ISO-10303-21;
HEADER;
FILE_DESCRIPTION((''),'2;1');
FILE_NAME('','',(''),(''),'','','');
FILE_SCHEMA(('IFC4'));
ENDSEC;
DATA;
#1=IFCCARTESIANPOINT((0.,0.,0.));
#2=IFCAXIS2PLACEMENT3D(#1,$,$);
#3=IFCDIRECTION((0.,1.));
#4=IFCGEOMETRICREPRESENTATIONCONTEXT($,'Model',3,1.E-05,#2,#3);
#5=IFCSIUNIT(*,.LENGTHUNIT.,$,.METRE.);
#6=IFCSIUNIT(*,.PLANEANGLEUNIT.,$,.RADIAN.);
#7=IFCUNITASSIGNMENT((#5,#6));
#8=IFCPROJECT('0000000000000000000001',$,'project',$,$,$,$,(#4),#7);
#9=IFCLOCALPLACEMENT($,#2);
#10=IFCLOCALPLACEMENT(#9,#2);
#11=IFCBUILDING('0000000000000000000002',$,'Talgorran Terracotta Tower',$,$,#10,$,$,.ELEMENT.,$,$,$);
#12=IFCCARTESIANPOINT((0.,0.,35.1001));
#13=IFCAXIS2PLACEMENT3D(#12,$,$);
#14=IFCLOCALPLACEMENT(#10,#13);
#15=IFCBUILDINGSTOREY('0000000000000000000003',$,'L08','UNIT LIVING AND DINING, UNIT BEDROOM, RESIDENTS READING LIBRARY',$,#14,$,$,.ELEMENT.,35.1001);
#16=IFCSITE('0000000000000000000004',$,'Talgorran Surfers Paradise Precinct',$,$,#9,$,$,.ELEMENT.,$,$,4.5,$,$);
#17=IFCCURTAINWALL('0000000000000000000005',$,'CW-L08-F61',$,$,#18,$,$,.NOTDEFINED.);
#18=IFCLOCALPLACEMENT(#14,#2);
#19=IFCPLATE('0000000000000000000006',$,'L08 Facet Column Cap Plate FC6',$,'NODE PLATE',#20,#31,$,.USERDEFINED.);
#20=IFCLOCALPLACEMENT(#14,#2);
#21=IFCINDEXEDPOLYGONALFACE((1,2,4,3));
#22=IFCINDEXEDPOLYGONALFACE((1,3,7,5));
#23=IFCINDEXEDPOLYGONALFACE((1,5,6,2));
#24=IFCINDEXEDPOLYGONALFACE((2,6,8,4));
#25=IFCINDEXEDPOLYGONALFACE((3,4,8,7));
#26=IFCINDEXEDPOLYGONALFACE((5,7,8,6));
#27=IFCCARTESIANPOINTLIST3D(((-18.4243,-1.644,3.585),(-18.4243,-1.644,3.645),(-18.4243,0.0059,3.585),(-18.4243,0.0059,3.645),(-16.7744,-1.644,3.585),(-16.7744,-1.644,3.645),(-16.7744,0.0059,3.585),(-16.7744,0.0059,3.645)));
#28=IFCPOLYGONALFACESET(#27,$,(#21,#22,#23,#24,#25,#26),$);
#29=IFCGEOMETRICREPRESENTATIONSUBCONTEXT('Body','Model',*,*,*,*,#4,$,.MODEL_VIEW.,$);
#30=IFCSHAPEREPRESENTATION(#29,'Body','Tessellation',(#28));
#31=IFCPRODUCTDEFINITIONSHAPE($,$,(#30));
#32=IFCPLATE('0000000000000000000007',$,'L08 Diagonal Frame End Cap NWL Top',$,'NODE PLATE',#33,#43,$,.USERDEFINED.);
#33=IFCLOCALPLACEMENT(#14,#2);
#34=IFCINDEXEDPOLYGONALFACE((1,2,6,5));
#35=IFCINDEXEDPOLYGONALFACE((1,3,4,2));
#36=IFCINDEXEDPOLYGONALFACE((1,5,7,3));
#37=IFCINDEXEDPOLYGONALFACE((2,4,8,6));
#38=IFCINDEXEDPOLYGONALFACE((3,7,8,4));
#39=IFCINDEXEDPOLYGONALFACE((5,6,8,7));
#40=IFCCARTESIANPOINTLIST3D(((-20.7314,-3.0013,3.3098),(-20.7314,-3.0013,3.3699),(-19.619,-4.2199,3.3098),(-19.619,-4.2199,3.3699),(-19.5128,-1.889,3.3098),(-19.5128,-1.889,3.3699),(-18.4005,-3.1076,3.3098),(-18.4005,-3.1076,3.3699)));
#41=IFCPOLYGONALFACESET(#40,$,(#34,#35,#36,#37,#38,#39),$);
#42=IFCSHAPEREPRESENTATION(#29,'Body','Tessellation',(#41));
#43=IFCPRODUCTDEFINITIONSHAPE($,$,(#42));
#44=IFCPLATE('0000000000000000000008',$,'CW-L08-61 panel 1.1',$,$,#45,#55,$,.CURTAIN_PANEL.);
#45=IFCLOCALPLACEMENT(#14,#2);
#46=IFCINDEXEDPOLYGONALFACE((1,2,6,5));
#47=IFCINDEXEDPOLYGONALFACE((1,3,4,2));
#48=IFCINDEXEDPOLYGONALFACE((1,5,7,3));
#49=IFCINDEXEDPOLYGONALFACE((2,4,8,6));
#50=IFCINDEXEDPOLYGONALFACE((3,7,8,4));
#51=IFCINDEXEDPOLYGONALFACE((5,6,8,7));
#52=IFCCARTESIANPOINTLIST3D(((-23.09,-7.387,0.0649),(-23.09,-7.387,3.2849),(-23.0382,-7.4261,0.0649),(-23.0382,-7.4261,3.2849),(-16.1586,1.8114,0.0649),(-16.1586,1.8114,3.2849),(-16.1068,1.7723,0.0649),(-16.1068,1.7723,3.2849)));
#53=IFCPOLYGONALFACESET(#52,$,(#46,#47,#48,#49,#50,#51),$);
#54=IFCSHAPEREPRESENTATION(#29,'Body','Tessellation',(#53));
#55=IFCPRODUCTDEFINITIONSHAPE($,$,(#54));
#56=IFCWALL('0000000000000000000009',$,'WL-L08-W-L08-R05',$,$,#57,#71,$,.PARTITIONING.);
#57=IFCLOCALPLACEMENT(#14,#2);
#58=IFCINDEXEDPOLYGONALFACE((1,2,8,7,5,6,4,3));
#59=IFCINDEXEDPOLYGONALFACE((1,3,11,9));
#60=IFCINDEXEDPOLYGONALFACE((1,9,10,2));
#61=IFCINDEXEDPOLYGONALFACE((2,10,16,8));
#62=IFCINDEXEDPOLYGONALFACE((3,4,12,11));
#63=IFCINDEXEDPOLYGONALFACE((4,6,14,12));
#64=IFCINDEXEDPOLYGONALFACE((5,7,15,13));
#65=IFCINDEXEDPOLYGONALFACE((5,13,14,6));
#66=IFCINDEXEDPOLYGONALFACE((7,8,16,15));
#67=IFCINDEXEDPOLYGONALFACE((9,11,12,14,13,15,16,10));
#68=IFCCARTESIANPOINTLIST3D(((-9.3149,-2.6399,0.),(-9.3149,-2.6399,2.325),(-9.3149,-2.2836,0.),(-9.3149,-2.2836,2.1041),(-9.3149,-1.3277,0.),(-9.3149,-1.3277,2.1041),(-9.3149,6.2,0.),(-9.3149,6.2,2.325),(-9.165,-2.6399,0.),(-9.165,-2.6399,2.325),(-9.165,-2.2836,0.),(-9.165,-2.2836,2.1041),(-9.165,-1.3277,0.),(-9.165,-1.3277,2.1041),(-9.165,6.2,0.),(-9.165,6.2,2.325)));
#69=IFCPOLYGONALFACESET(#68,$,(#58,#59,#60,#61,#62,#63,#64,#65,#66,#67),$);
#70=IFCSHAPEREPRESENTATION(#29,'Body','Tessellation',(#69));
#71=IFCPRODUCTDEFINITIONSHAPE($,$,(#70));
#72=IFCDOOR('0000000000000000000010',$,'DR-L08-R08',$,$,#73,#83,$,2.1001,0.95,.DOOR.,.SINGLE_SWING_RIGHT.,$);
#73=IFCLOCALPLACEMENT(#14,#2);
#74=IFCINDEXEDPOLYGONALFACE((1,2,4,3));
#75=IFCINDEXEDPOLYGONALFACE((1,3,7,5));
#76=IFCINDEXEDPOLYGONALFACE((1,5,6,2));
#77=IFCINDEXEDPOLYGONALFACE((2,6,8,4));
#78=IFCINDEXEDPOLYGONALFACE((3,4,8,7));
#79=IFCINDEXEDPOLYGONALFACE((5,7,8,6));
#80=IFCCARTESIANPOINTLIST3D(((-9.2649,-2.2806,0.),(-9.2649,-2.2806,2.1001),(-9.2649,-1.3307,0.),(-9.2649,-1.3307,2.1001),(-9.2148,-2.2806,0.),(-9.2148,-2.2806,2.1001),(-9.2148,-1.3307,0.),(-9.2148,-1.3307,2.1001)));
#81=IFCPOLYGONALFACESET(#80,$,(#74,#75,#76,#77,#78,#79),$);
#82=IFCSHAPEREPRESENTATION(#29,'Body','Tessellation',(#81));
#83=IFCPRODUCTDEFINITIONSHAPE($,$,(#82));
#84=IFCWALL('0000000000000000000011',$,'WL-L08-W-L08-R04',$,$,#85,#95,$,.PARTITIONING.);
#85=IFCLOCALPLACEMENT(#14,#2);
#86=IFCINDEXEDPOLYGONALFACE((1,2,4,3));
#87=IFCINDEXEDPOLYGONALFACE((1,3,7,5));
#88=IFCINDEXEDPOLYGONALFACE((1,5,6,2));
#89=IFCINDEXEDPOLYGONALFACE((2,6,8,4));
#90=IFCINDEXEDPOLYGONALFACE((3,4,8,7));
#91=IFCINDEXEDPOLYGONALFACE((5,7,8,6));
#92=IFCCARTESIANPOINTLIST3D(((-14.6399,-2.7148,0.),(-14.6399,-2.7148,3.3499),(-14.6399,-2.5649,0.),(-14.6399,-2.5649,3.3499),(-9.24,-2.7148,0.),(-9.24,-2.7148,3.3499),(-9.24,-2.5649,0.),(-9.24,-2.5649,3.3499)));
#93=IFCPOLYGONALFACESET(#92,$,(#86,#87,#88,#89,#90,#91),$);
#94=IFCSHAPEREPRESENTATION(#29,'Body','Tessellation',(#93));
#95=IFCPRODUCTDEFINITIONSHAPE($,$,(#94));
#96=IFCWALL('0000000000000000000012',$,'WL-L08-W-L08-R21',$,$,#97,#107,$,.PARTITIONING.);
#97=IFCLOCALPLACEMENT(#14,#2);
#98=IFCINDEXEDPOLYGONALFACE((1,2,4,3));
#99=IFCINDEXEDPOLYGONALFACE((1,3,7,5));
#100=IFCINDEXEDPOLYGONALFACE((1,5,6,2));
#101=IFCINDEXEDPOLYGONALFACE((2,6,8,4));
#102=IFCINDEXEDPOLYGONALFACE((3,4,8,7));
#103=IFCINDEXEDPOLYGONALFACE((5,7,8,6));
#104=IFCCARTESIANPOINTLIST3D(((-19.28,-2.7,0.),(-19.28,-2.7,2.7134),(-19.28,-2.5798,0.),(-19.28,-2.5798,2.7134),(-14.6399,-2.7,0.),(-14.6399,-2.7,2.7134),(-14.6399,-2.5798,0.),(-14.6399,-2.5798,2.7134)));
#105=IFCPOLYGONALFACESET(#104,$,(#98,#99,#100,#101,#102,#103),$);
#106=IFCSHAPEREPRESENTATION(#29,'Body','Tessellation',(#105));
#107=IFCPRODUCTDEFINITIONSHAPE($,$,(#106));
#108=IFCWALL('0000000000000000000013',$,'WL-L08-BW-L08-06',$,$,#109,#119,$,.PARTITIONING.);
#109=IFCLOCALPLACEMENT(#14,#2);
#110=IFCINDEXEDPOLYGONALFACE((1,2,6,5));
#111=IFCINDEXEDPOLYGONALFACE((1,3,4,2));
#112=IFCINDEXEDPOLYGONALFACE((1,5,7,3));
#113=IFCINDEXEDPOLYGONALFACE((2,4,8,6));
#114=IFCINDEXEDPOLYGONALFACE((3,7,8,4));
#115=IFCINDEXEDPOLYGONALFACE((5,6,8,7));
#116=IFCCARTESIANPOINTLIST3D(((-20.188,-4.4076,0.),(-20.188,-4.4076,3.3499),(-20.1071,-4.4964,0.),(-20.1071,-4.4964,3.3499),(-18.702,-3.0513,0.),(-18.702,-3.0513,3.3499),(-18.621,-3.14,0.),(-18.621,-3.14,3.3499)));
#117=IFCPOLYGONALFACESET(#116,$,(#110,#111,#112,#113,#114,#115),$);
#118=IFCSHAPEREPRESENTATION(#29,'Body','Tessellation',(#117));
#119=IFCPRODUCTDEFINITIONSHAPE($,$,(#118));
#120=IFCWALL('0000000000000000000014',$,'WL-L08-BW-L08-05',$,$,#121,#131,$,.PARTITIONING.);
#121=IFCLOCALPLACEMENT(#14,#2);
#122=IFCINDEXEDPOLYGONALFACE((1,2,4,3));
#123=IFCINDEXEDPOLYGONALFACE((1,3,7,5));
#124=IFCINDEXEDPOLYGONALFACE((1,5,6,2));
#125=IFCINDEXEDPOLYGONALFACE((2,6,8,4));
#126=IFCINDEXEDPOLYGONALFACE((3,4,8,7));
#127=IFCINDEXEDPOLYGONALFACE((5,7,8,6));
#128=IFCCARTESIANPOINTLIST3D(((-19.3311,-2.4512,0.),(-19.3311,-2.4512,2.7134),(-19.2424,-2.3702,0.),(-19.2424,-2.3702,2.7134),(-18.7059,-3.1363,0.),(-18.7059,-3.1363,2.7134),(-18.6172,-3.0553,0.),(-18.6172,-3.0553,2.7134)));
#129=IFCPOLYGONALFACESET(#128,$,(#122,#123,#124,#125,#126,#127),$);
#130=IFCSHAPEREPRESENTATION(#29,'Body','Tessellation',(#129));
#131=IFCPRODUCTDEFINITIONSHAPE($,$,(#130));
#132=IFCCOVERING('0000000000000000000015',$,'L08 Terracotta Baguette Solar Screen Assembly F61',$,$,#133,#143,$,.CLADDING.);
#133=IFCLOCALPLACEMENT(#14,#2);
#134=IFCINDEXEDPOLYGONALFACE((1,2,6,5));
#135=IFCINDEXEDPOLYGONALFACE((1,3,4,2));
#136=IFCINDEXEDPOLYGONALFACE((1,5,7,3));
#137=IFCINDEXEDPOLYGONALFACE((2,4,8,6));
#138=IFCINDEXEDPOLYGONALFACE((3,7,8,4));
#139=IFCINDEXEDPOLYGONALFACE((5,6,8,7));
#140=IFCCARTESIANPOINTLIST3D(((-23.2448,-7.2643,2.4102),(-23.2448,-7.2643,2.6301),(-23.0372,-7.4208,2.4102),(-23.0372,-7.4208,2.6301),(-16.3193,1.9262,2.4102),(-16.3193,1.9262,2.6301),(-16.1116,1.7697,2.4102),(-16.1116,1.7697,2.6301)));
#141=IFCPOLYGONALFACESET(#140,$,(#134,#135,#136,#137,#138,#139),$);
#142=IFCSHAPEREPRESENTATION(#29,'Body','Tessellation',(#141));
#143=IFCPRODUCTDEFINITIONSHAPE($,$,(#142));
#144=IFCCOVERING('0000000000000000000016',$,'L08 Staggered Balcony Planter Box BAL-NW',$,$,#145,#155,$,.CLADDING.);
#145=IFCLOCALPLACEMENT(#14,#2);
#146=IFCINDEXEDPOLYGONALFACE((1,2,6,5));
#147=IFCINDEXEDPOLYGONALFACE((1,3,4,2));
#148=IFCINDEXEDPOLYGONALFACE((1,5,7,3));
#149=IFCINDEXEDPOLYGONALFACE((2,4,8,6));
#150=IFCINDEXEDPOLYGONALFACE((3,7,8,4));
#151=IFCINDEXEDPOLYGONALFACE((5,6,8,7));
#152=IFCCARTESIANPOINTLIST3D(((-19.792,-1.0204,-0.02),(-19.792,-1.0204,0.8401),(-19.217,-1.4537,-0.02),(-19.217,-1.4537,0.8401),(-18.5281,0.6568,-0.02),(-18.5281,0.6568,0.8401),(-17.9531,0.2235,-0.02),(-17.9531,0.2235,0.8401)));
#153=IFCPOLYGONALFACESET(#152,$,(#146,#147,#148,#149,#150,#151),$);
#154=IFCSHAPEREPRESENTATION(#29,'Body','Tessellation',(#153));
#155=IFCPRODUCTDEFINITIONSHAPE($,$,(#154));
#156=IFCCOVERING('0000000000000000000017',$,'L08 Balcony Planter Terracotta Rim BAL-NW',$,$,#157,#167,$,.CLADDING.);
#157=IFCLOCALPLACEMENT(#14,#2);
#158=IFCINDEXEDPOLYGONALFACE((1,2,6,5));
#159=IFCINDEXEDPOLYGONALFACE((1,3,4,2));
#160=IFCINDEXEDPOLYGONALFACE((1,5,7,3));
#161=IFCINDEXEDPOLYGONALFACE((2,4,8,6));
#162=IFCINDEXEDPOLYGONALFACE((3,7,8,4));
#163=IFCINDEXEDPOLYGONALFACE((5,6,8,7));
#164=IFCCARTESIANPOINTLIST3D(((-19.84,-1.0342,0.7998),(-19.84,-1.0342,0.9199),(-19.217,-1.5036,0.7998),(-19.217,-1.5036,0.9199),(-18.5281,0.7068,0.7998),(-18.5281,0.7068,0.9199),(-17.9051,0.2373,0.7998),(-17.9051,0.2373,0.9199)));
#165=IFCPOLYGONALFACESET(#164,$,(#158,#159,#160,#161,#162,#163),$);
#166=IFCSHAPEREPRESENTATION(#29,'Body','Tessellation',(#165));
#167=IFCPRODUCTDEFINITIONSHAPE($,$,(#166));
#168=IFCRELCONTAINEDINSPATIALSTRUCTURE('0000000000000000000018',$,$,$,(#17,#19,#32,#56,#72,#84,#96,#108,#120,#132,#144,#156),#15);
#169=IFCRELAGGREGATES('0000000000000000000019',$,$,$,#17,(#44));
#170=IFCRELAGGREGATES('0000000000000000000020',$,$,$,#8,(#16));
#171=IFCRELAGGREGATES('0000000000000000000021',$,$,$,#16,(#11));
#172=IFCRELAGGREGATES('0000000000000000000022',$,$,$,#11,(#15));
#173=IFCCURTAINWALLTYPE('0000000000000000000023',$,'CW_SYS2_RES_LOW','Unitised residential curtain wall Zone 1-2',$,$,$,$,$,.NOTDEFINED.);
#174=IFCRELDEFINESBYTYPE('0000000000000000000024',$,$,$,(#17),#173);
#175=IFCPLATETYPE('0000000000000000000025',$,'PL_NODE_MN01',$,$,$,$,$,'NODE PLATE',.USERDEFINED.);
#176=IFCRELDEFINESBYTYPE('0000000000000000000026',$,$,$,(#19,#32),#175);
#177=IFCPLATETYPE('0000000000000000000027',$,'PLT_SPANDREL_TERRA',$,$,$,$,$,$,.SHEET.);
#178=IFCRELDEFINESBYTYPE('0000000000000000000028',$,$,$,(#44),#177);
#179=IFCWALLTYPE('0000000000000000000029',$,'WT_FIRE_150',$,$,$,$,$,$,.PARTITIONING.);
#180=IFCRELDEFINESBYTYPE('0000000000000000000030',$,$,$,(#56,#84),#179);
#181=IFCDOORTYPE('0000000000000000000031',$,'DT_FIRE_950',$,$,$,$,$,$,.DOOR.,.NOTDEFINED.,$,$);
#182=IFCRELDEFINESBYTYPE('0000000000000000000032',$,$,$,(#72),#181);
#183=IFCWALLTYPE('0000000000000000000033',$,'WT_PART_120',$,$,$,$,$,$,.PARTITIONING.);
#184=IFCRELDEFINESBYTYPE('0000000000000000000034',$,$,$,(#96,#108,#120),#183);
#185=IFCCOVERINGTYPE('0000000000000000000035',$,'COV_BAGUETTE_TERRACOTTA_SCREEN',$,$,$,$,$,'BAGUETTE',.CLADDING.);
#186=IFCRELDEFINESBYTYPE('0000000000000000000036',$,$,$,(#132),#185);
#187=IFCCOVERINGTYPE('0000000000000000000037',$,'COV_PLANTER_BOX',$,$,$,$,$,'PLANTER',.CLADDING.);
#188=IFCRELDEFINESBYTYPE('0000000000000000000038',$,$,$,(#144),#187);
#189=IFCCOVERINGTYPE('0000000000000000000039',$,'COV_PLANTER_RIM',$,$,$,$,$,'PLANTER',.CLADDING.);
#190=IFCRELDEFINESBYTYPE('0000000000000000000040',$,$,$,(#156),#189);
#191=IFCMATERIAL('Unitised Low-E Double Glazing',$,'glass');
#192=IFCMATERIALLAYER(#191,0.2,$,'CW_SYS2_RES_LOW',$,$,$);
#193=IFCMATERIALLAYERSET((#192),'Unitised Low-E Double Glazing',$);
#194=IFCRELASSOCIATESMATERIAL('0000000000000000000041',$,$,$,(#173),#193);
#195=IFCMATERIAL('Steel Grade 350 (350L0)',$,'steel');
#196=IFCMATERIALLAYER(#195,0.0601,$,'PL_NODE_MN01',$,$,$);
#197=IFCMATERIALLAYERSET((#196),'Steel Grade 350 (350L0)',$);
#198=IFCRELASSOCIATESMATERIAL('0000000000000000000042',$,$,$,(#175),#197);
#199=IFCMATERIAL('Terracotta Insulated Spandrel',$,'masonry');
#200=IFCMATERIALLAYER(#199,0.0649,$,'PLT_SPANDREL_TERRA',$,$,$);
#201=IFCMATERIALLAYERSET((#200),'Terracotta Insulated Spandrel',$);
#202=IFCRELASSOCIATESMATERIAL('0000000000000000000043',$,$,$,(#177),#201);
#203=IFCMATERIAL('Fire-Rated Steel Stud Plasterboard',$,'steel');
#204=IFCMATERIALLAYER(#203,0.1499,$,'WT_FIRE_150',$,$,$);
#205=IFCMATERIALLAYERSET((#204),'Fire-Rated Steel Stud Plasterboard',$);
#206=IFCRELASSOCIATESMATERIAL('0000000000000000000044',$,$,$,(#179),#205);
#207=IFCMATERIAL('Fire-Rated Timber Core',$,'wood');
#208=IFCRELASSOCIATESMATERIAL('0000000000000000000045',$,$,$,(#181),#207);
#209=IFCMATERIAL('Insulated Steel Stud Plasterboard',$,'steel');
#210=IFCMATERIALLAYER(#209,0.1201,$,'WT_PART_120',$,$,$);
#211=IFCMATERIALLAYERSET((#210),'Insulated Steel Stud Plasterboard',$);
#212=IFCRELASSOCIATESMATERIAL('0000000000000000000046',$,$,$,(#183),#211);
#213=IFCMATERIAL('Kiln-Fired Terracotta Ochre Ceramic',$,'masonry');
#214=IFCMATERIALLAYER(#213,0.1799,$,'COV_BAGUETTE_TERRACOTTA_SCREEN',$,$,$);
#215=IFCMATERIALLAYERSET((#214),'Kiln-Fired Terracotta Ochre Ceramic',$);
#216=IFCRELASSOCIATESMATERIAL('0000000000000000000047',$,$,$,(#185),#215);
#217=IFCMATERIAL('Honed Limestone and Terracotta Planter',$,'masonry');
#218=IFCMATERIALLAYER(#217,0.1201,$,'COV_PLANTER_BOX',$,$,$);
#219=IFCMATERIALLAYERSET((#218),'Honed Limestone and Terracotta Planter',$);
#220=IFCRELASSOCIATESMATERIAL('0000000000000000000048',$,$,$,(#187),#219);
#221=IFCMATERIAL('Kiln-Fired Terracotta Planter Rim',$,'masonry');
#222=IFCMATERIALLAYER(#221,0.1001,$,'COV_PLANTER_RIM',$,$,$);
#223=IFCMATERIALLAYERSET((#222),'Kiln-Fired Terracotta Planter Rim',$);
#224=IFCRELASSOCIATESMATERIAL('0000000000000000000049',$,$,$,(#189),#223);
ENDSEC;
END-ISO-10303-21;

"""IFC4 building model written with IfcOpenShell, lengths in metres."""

from ifc_helpers import new_model, si_unit, direction, frame, frame_2d, origin, origin_2d, place, context, subcontext, project, spatial, rectangle, extrude, source, transform, mapped, material, layer, layer_set, type_object, type_shapes, element, fill, aggregate, save


model = new_model("IFC4")

# Units and contexts
model_context = context("Model", 3, precision=1e-05, world=origin(), true_north=direction((0.0, 1.0)))
body_context = subcontext(model_context, "Body", "Model", "MODEL_VIEW")
ifc_project = project(units=[si_unit("LENGTHUNIT", "METRE"), si_unit("PLANEANGLEUNIT", "RADIAN")], contexts=[model_context])

# Site, building, storey
site_placement = place(None, origin())
site = spatial("IfcSite", under=ifc_project, at=site_placement, Name="Talgorran Surfers Paradise Precinct", CompositionType="ELEMENT", RefElevation=4.5)
building_placement = place(site_placement, origin())
building = spatial("IfcBuilding", under=site, at=building_placement, Name="Talgorran Terracotta Tower", CompositionType="ELEMENT")
storey_placement = place(building_placement, frame((0.0, 0.0, 35.1001)))
storey = spatial("IfcBuildingStorey", under=building, at=storey_placement, Name="L08", Description="UNIT LIVING AND DINING, UNIT BEDROOM, RESIDENTS READING LIBRARY", CompositionType="ELEMENT", Elevation=35.1001)

# Shared definitions
ifc_material_1 = material(Name="Steel Grade 350 (350L0)", Category="steel")

# Curtain wall
ifc_material_2 = material(Name="Unitised Low-E Double Glazing", Category="glass")
ifc_layer_1 = layer(ifc_material_2, 0.2, Name="CW_SYS2_RES_LOW")
ifc_layer_set_1 = layer_set([ifc_layer_1], Name="Unitised Low-E Double Glazing")
curtain_wall_type = type_object("IfcCurtainWallType", Name="CW_SYS2_RES_LOW", Description="Unitised residential curtain wall Zone 1-2", PredefinedType="NOTDEFINED", material=ifc_layer_set_1)
curtain_wall_placement = place(storey_placement, origin())
curtain_wall = element("IfcCurtainWall", 1, at=curtain_wall_placement, inside=storey, type_object=curtain_wall_type, Name="CW-L08-F61", PredefinedType="NOTDEFINED")

# Plates
ifc_layer_2 = layer(ifc_material_1, 0.0601, Name="PL_NODE_MN01")
ifc_layer_set_2 = layer_set([ifc_layer_2], Name="Steel Grade 350 (350L0)")
plate_type_1 = type_object("IfcPlateType", Name="PL_NODE_MN01", ElementType="NODE PLATE", PredefinedType="USERDEFINED", material=ifc_layer_set_2)
for number, where, z_axis, x_axis, name in (
    (2, (-17.5994, -0.8191, 3.585), (0.0, 0.0, 1.0), (1.0, 0.0, 0.0), "L08 Facet Column Cap Plate FC6"),
    (3, (-19.5659, -3.0544, 3.3098), (0.0, 0.0, 1.0), (0.738573, 0.674173, 0.0), "L08 Diagonal Frame End Cap NWL Top"),
):
    element("IfcPlate", number, at=place(storey_placement, frame(where, z_axis=z_axis, x_axis=x_axis)), inside=storey, type_object=plate_type_1, Name=name, ObjectType="NODE PLATE", PredefinedType="USERDEFINED", context=body_context, shape_type="SweptSolid", body=[
        extrude(rectangle(XDim=1.6499, YDim=1.6499, at=origin_2d()), origin(), (0.0, 0.0, 1.0), 0.0601),
    ])

# Plate
ifc_material_3 = material(Name="Terracotta Insulated Spandrel", Category="masonry")
ifc_layer_3 = layer(ifc_material_3, 0.0649, Name="PLT_SPANDREL_TERRA")
ifc_layer_set_3 = layer_set([ifc_layer_3], Name="Terracotta Insulated Spandrel")
plate_type_2 = type_object("IfcPlateType", Name="PLT_SPANDREL_TERRA", PredefinedType="SHEET", material=ifc_layer_set_3)
shared_shape = source(origin(), body_context, "Body", "SweptSolid", [
    extrude(rectangle(XDim=11.5176, YDim=0.0649, at=origin_2d()), origin(), (0.0, 0.0, 1.0), 3.22),
])
type_shapes(plate_type_2, [shared_shape])
plate_1_placement = place(storey_placement, frame((-19.5984, -2.8074, 0.0649), z_axis=(0.0, 0.0, 1.0), x_axis=(-0.60181, -0.798639, 0.0)))
plate_1 = element("IfcPlate", 4, at=plate_1_placement, type_object=plate_type_2, Name="CW-L08-61 panel 1.1", PredefinedType="CURTAIN_PANEL", context=body_context, shape_type="MappedRepresentation", body=[
    mapped(shared_shape, transform((0.0, 0.0, 0.0), scale=1.0)),
])
aggregate(curtain_wall, [plate_1])

# Wall, opening, door
ifc_material_4 = material(Name="Fire-Rated Steel Stud Plasterboard", Category="steel")
ifc_layer_4 = layer(ifc_material_4, 0.1499, Name="WT_FIRE_150")
ifc_layer_set_4 = layer_set([ifc_layer_4], Name="Fire-Rated Steel Stud Plasterboard")
wall_type_1 = type_object("IfcWallType", Name="WT_FIRE_150", PredefinedType="PARTITIONING", material=ifc_layer_set_4)
wall_1_placement = place(storey_placement, frame((-9.24, -2.6399, 0.0), z_axis=(0.0, 0.0, 1.0), x_axis=(0.0, 1.0, 0.0)))
wall_1 = element("IfcWall", 5, at=wall_1_placement, inside=storey, type_object=wall_type_1, Name="WL-L08-W-L08-R05", PredefinedType="PARTITIONING", context=body_context, shape_type="SweptSolid", body=[
    extrude(rectangle(XDim=8.8398, YDim=0.1499, at=frame_2d((4.4199, 0.0))), origin(), (0.0, 0.0, 1.0), 2.325),
])
opening_placement = place(wall_1_placement, frame((0.3591, 0.0, 0.0)))
opening = element("IfcOpeningElement", 6, at=opening_placement, cuts=wall_1, PredefinedType="OPENING", context=body_context, shape_type="SweptSolid", body=[
    extrude(rectangle(XDim=0.956, YDim=2.1041, at=frame_2d((0.4751, 1.052))), frame((0.0, 0.085, 0.0), z_axis=(0.0, -1.0, 0.0), x_axis=(1.0, 0.0, 0.0)), (0.0, 0.0, 1.0), 0.1699),
])
ifc_material_5 = material(Name="Fire-Rated Timber Core", Category="wood")
door_type = type_object("IfcDoorType", Name="DT_FIRE_950", OperationType="NOTDEFINED", PredefinedType="DOOR", material=ifc_material_5)
door_placement = place(opening_placement, origin())
door = element("IfcDoor", 7, at=door_placement, inside=storey, type_object=door_type, Name="DR-L08-R08", OperationType="SINGLE_SWING_RIGHT", OverallHeight=2.1001, OverallWidth=0.95, PredefinedType="DOOR", context=body_context, shape_type="SweptSolid", body=[
    extrude(rectangle(XDim=0.95, YDim=2.1001, at=frame_2d((0.4751, 1.05))), frame((0.0, 0.0249, 0.0), z_axis=(0.0, -1.0, 0.0), x_axis=(1.0, 0.0, 0.0)), (0.0, 0.0, 1.0), 0.05),
])
fill(opening, door)

# Walls
wall_2_placement = place(storey_placement, frame((-14.6399, -2.6399, 0.0), z_axis=(0.0, 0.0, 1.0), x_axis=(1.0, 0.0, 0.0)))
element("IfcWall", 8, at=wall_2_placement, inside=storey, type_object=wall_type_1, Name="WL-L08-W-L08-R04", PredefinedType="PARTITIONING", context=body_context, shape_type="SweptSolid", body=[
    extrude(rectangle(XDim=5.3999, YDim=0.1499, at=frame_2d((2.7, 0.0))), origin(), (0.0, 0.0, 1.0), 3.3499),
])
ifc_material_6 = material(Name="Insulated Steel Stud Plasterboard", Category="steel")
ifc_layer_5 = layer(ifc_material_6, 0.1201, Name="WT_PART_120")
ifc_layer_set_5 = layer_set([ifc_layer_5], Name="Insulated Steel Stud Plasterboard")
wall_type_2 = type_object("IfcWallType", Name="WT_PART_120", PredefinedType="PARTITIONING", material=ifc_layer_set_5)
wall_3_placement = place(storey_placement, frame((-19.28, -2.6399, 0.0), z_axis=(0.0, 0.0, 1.0), x_axis=(1.0, 0.0, 0.0)))
element("IfcWall", 9, at=wall_3_placement, inside=storey, type_object=wall_type_2, Name="WL-L08-W-L08-R21", PredefinedType="PARTITIONING", context=body_context, shape_type="SweptSolid", body=[
    extrude(rectangle(XDim=4.6401, YDim=0.1201, at=frame_2d((2.3201, 0.0))), origin(), (0.0, 0.0, 1.0), 2.7134),
])
wall_4_placement = place(storey_placement, frame((-18.6616, -3.0957, 0.0), z_axis=(0.0, 0.0, 1.0), x_axis=(-0.738588, -0.674157, 0.0)))
element("IfcWall", 10, at=wall_4_placement, inside=storey, type_object=wall_type_2, Name="WL-L08-BW-L08-06", PredefinedType="PARTITIONING", context=body_context, shape_type="SweptSolid", body=[
    extrude(rectangle(XDim=2.012, YDim=0.1201, at=frame_2d((1.0059, 0.0))), origin(), (0.0, 0.0, 1.0), 3.3499),
])
wall_5_placement = place(storey_placement, frame((-19.2869, -2.4106, 0.0), z_axis=(0.0, 0.0, 1.0), x_axis=(0.674126, -0.738617, 0.0)))
element("IfcWall", 11, at=wall_5_placement, inside=storey, type_object=wall_type_2, Name="WL-L08-BW-L08-05", PredefinedType="PARTITIONING", context=body_context, shape_type="SweptSolid", body=[
    extrude(rectangle(XDim=0.9275, YDim=0.1201, at=frame_2d((0.4639, 0.0))), origin(), (0.0, 0.0, 1.0), 2.7134),
])

# Coverings
ifc_material_7 = material(Name="Kiln-Fired Terracotta Ochre Ceramic", Category="masonry")
ifc_layer_6 = layer(ifc_material_7, 0.1799, Name="COV_BAGUETTE_TERRACOTTA_SCREEN")
ifc_layer_set_6 = layer_set([ifc_layer_6], Name="Kiln-Fired Terracotta Ochre Ceramic")
covering_type_1 = type_object("IfcCoveringType", Name="COV_BAGUETTE_TERRACOTTA_SCREEN", ElementType="BAGUETTE", PredefinedType="CLADDING", material=ifc_layer_set_6)
covering_1_placement = place(storey_placement, frame((-19.6782, -2.7473, 2.4102), z_axis=(0.0, 0.0, 1.0), x_axis=(-0.601815, -0.798636, 0.0)))
element("IfcCovering", 12, at=covering_1_placement, inside=storey, type_object=covering_type_1, Name="L08 Terracotta Baguette Solar Screen Assembly F61", PredefinedType="CLADDING", context=body_context, shape_type="SweptSolid", body=[
    extrude(rectangle(XDim=11.5078, YDim=0.26, at=origin_2d()), origin(), (0.0, 0.0, 1.0), 0.22),
])
ifc_material_8 = material(Name="Honed Limestone and Terracotta Planter", Category="masonry")
ifc_layer_7 = layer(ifc_material_8, 0.1201, Name="COV_PLANTER_BOX")
ifc_layer_set_7 = layer_set([ifc_layer_7], Name="Honed Limestone and Terracotta Planter")
covering_type_2 = type_object("IfcCoveringType", Name="COV_PLANTER_BOX", ElementType="PLANTER", PredefinedType="CLADDING", material=ifc_layer_set_7)
covering_2_placement = place(storey_placement, frame((-18.8726, -0.3984, -0.02), z_axis=(0.0, 0.0, 1.0), x_axis=(-0.601815, -0.798636, 0.0)))
element("IfcCovering", 13, at=covering_2_placement, inside=storey, type_object=covering_type_2, Name="L08 Staggered Balcony Planter Box BAL-NW", PredefinedType="CLADDING", context=body_context, shape_type="SweptSolid", body=[
    extrude(rectangle(XDim=2.1001, YDim=0.72, at=origin_2d()), origin(), (0.0, 0.0, 1.0), 0.8601),
])
ifc_material_9 = material(Name="Kiln-Fired Terracotta Planter Rim", Category="masonry")
ifc_layer_8 = layer(ifc_material_9, 0.1001, Name="COV_PLANTER_RIM")
ifc_layer_set_8 = layer_set([ifc_layer_8], Name="Kiln-Fired Terracotta Planter Rim")
covering_type_3 = type_object("IfcCoveringType", Name="COV_PLANTER_RIM", ElementType="PLANTER", PredefinedType="CLADDING", material=ifc_layer_set_8)
covering_3_placement = place(storey_placement, frame((-18.8726, -0.3984, 0.7998), z_axis=(0.0, 0.0, 1.0), x_axis=(-0.601815, -0.798636, 0.0)))
element("IfcCovering", 14, at=covering_3_placement, inside=storey, type_object=covering_type_3, Name="L08 Balcony Planter Terracotta Rim BAL-NW", PredefinedType="CLADDING", context=body_context, shape_type="SweptSolid", body=[
    extrude(rectangle(XDim=2.1799, YDim=0.78, at=origin_2d()), origin(), (0.0, 0.0, 1.0), 0.1201),
])

save(model, "model.ifc")
